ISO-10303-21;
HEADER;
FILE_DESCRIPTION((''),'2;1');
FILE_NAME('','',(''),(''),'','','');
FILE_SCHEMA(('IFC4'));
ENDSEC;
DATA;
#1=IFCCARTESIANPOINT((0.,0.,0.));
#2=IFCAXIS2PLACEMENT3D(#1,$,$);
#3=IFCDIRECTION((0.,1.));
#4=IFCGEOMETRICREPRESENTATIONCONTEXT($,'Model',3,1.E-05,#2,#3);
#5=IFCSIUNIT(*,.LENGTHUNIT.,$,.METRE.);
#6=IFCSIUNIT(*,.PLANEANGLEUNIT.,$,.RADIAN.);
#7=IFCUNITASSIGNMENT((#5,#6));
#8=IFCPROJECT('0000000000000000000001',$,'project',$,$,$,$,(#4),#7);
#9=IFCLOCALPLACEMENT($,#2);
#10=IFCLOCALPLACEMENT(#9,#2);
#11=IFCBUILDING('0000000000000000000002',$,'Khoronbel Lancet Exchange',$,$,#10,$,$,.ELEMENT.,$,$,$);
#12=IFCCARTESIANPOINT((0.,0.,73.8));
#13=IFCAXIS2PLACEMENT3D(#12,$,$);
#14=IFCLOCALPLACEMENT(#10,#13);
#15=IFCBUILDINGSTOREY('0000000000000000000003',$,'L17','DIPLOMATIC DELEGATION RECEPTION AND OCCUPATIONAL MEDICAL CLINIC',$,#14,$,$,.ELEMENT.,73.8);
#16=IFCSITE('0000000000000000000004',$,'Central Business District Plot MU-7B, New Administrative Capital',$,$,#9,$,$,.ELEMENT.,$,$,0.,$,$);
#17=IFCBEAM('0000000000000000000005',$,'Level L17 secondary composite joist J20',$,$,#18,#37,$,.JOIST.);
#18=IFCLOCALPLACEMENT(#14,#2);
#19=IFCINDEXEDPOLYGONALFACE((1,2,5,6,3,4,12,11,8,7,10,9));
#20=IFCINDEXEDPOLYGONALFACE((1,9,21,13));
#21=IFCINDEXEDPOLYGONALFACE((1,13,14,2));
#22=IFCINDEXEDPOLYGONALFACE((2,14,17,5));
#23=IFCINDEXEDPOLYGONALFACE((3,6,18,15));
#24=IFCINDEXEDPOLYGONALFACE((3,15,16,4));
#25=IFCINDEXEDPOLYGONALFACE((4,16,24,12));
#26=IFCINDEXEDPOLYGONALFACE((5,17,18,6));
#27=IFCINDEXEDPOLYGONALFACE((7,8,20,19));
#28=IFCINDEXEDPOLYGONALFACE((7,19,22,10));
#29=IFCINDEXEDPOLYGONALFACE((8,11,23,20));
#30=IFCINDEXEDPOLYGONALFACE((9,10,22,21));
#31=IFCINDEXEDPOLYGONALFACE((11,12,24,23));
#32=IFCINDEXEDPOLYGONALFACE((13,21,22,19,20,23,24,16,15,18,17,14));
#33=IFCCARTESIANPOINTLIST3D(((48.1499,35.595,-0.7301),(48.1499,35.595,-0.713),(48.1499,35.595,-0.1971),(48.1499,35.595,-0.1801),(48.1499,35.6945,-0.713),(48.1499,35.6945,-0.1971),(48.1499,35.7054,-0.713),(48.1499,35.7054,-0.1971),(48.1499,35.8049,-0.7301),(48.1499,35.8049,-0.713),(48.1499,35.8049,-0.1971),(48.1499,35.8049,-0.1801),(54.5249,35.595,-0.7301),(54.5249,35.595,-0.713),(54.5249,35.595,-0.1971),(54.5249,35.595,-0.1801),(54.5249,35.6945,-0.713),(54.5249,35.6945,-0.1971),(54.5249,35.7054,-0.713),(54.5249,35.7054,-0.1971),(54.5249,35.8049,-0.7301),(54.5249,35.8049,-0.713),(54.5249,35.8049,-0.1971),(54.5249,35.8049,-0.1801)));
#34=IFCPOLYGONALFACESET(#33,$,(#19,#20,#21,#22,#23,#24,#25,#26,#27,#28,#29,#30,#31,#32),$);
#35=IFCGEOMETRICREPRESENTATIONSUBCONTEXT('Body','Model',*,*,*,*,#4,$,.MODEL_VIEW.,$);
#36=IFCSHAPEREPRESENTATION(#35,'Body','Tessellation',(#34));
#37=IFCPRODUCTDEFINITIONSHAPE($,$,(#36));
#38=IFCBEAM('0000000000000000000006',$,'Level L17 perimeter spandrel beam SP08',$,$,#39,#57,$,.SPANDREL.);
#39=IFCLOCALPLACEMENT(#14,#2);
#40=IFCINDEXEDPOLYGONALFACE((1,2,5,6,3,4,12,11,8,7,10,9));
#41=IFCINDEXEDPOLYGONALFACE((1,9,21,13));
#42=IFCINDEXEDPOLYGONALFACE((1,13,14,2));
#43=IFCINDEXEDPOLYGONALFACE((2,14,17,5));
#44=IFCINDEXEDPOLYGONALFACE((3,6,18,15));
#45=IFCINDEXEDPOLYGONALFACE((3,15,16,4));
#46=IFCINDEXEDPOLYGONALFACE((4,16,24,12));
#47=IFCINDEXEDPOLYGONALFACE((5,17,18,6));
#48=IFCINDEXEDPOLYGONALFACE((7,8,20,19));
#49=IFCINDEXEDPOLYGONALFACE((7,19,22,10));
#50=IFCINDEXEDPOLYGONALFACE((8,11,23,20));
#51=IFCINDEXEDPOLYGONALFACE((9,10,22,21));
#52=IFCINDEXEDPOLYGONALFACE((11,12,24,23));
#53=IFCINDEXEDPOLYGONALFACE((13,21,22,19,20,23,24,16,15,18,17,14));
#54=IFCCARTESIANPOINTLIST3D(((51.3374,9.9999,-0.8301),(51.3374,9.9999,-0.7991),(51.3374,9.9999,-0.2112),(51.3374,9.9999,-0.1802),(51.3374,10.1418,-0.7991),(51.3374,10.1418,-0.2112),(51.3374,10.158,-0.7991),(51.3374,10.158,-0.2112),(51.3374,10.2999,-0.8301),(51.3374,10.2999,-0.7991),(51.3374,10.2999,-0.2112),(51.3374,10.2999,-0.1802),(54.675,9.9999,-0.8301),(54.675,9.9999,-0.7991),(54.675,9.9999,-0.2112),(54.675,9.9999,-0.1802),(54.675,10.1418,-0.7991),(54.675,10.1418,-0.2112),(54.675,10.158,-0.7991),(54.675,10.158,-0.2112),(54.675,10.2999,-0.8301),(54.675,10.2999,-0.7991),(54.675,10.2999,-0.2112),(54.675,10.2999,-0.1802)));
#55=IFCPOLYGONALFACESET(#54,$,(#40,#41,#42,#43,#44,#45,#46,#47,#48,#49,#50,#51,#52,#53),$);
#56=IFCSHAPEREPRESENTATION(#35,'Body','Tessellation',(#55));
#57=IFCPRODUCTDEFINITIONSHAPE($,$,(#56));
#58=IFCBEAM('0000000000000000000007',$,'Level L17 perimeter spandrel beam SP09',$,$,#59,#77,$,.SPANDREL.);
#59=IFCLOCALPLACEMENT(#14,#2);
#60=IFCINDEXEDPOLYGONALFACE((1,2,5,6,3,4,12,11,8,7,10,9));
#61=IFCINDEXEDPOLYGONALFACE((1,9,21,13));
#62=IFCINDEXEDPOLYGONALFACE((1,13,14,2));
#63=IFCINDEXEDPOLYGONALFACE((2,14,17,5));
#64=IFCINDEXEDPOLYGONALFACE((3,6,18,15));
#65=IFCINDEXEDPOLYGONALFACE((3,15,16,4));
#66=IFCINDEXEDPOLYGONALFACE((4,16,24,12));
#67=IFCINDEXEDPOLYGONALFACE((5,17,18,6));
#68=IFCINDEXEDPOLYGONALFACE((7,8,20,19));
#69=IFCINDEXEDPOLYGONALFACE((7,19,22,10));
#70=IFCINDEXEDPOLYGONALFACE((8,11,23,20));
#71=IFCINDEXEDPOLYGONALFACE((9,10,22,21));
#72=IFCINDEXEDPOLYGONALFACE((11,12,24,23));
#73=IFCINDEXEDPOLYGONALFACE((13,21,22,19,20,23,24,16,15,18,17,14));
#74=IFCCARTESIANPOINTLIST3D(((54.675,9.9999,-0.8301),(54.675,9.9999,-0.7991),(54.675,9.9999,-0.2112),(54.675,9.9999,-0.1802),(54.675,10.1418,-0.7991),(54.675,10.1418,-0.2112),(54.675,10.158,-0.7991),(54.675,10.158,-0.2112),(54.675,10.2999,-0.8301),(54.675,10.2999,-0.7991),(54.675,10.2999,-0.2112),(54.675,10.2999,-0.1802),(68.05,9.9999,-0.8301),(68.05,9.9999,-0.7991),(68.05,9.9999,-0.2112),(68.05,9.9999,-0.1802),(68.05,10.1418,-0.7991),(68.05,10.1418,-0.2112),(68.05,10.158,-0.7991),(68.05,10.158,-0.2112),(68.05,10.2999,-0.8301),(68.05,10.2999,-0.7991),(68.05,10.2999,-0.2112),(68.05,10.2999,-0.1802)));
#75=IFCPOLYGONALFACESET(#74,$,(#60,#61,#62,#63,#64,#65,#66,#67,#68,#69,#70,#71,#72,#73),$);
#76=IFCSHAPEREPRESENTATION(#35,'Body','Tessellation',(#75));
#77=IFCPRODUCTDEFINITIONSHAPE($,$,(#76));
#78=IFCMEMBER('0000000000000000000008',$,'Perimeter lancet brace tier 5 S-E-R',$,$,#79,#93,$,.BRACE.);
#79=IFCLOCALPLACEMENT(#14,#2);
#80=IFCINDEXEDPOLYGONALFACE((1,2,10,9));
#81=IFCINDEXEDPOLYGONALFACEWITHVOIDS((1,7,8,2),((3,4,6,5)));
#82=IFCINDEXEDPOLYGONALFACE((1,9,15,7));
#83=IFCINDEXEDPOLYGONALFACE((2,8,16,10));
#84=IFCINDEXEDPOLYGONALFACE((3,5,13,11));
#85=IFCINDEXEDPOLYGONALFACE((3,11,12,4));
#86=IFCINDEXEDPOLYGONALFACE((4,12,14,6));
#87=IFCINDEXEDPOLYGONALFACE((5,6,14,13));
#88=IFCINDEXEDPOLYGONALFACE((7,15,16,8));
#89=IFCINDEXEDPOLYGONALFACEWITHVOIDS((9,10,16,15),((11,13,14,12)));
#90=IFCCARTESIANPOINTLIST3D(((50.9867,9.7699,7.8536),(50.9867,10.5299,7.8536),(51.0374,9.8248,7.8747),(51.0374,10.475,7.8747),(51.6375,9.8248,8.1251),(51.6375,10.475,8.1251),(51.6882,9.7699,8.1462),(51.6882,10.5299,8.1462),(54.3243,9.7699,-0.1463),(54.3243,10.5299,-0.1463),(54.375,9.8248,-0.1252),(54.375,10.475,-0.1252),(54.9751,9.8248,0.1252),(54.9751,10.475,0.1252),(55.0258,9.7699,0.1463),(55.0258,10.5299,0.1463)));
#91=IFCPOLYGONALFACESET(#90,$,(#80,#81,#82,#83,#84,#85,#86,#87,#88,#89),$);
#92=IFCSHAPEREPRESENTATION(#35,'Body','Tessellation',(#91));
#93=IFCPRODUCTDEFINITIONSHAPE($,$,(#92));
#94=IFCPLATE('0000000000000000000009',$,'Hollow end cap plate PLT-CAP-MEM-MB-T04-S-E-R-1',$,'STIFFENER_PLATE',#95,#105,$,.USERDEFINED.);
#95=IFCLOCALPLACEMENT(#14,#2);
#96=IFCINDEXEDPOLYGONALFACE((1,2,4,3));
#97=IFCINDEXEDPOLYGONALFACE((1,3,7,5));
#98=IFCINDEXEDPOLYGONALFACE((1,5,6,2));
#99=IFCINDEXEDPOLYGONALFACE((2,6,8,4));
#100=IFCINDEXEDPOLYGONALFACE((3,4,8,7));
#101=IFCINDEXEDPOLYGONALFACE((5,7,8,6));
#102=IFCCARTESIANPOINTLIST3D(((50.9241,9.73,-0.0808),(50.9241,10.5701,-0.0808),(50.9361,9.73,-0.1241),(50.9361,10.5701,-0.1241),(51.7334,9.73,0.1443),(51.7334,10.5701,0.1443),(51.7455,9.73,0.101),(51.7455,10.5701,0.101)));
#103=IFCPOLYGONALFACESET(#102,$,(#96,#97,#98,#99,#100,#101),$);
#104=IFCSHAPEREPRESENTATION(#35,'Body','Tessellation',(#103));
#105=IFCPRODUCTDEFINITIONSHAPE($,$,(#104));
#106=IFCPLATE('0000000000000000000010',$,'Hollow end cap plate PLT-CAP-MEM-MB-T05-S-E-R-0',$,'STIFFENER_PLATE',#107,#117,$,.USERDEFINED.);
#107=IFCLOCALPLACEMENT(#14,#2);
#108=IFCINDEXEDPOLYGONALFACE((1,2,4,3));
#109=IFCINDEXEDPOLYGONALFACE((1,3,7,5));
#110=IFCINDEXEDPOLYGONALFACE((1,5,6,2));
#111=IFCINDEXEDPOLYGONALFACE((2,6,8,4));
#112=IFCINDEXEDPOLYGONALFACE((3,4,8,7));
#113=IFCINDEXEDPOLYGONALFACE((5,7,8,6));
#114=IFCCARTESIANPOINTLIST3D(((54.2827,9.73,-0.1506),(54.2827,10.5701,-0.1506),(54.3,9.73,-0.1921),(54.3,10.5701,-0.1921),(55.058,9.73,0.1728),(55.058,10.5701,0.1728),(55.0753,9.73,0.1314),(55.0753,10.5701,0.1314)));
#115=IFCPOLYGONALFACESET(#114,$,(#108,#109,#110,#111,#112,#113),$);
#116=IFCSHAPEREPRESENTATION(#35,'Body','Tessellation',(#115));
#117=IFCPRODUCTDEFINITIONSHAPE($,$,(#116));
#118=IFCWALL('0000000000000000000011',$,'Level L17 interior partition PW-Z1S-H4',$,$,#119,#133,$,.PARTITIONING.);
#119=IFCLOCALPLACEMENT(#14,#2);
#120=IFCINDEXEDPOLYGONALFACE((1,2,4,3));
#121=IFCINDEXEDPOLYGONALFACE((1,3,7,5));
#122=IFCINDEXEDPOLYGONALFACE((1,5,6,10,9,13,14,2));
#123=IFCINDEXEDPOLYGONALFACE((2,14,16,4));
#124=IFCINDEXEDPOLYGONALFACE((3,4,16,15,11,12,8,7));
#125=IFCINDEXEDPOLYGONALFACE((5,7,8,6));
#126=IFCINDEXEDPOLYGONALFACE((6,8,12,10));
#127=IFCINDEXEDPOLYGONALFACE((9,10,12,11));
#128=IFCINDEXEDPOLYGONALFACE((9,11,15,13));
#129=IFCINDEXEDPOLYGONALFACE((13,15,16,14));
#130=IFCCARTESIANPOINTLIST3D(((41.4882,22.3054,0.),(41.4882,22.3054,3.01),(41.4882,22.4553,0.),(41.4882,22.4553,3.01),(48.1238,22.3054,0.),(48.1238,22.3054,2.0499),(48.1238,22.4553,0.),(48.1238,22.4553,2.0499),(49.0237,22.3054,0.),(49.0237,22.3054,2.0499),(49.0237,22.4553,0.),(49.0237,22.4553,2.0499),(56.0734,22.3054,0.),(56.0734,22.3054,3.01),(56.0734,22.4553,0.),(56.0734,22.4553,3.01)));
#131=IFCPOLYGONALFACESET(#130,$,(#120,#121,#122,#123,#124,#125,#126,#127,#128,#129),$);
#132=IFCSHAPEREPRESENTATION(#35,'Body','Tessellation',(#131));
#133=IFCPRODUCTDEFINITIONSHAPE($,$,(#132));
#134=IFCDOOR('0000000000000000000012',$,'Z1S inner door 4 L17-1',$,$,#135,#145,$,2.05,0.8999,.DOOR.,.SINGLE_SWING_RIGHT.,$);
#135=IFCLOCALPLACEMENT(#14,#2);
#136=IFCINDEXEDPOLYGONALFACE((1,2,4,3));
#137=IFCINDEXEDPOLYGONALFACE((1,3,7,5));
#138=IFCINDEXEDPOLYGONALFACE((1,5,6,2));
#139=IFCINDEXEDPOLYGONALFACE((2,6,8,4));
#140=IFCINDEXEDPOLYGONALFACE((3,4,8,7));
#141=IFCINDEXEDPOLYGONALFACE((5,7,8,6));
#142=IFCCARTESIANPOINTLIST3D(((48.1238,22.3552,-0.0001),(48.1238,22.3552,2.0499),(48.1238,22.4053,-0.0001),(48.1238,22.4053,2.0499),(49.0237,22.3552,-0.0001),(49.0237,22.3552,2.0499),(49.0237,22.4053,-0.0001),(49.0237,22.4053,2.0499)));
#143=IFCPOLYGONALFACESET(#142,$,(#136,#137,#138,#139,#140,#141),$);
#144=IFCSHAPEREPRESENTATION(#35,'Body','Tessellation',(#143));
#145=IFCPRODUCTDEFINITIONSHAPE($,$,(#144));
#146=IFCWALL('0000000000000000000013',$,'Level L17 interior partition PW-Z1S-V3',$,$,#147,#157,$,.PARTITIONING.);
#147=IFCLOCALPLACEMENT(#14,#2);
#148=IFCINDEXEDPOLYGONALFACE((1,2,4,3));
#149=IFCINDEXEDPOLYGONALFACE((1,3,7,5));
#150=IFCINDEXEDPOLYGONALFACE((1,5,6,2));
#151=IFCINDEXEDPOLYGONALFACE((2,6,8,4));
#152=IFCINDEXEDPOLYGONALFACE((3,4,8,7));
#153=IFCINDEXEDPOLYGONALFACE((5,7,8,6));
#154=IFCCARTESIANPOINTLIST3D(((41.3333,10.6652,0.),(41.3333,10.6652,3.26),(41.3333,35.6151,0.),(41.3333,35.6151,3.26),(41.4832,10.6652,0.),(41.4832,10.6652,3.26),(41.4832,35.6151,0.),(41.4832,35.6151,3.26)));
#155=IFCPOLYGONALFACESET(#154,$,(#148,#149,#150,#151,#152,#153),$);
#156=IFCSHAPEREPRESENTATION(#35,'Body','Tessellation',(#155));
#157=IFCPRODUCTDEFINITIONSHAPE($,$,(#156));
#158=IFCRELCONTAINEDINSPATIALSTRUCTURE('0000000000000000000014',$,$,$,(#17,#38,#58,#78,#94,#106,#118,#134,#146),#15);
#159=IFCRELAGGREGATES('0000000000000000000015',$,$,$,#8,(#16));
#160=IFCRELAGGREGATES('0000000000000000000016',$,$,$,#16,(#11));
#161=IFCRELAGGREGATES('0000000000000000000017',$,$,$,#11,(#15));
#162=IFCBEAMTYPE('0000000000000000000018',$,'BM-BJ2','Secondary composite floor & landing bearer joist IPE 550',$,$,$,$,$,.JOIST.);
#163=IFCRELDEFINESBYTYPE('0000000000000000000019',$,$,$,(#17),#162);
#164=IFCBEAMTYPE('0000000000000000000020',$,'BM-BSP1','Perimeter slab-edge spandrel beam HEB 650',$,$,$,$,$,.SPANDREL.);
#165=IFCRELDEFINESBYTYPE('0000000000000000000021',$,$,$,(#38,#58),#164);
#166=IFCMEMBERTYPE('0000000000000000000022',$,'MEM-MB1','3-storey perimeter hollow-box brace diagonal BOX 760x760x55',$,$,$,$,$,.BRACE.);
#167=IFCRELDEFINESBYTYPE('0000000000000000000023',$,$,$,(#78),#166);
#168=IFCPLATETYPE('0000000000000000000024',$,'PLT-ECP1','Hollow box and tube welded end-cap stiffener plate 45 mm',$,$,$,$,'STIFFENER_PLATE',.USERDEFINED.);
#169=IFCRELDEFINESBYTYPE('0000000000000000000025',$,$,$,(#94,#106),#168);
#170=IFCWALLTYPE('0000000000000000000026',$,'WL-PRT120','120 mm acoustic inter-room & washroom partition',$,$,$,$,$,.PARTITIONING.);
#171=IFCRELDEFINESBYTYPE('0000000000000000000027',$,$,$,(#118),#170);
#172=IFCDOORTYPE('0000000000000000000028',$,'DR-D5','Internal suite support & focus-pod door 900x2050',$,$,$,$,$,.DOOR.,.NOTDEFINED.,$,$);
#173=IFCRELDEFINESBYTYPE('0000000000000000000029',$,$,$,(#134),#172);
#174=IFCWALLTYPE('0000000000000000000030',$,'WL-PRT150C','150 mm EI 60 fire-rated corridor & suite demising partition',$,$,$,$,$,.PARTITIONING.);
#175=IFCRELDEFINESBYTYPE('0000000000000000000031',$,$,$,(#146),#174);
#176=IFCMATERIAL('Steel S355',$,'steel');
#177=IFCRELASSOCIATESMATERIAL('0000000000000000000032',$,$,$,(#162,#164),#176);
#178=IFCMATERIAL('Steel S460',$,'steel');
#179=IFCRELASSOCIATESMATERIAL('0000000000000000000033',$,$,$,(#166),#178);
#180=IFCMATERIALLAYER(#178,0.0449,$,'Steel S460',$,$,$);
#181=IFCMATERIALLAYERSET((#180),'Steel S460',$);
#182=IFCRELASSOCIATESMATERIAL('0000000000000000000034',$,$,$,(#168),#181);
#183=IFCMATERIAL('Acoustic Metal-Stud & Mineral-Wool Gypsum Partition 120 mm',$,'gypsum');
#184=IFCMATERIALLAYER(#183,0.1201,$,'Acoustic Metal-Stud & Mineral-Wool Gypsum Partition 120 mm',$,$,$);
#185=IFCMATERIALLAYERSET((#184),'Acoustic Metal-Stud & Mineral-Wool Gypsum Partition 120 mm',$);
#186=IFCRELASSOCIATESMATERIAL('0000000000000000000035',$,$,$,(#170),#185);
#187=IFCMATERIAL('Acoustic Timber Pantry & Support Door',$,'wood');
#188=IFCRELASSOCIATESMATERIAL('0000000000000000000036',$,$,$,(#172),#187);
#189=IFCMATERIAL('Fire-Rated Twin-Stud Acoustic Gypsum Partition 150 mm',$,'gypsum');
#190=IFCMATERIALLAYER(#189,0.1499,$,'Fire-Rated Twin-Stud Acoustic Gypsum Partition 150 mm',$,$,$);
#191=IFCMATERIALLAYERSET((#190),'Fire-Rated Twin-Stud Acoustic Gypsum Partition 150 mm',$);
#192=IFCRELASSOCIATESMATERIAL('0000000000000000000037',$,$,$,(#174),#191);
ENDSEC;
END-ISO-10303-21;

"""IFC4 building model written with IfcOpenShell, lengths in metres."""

from ifc_helpers import new_model, si_unit, direction, frame, frame_2d, origin, origin_2d, place, context, subcontext, project, spatial, polyline, rectangle, hollow_rectangle, i_section, outline, extrude, material, layer, layer_set, material_profile, profile_set, type_object, element, fill, save


model = new_model("IFC4")

# Units and contexts
model_context = context("Model", 3, precision=1e-05, world=origin(), true_north=direction((0.0, 1.0)))
body_context = subcontext(model_context, "Body", "Model", "MODEL_VIEW")
ifc_project = project(units=[si_unit("LENGTHUNIT", "METRE"), si_unit("PLANEANGLEUNIT", "RADIAN")], contexts=[model_context])

# Site, building, storey
site_placement = place(None, origin())
site = spatial("IfcSite", under=ifc_project, at=site_placement, Name="Central Business District Plot MU-7B, New Administrative Capital", CompositionType="ELEMENT", RefElevation=0.0)
building_placement = place(site_placement, origin())
building = spatial("IfcBuilding", under=site, at=building_placement, Name="Khoronbel Lancet Exchange", CompositionType="ELEMENT")
storey_placement = place(building_placement, frame((0.0, 0.0, 73.8)))
storey = spatial("IfcBuildingStorey", under=building, at=storey_placement, Name="L17", Description="DIPLOMATIC DELEGATION RECEPTION AND OCCUPATIONAL MEDICAL CLINIC", CompositionType="ELEMENT", Elevation=73.8)

# Shared definitions
ifc_material_1 = material(Name="Steel S460", Category="steel")

# Beams
ifc_material_2 = material(Name="Steel S355", Category="steel")
ifc_material_profile_1 = material_profile(ifc_material_2, i_section(OverallWidth=0.21, OverallDepth=0.55, WebThickness=0.011, FlangeThickness=0.0171, at=origin_2d()), Name="IPE 550")
ifc_profile_set_1 = profile_set([ifc_material_profile_1], Name="Steel S355")
beam_type_1 = type_object("IfcBeamType", Name="BM-BJ2", Description="Secondary composite floor & landing bearer joist IPE 550", PredefinedType="JOIST", material=ifc_profile_set_1)
beam_1_placement = place(storey_placement, frame((48.1499, 35.7, -0.4551), z_axis=(1.0, 0.0, 0.0), x_axis=(0.0, 1.0, 0.0)))
element("IfcBeam", 1, at=beam_1_placement, inside=storey, type_object=beam_type_1, Name="Level L17 secondary composite joist J20", PredefinedType="JOIST", context=body_context, shape_type="SweptSolid", body=[
    extrude(i_section(OverallWidth=0.21, OverallDepth=0.55, WebThickness=0.011, FlangeThickness=0.0171, at=origin_2d()), origin(), (0.0, 0.0, 1.0), 6.375),
])
ifc_material_profile_2 = material_profile(ifc_material_2, i_section(OverallWidth=0.3, OverallDepth=0.6499, WebThickness=0.0161, FlangeThickness=0.031, at=origin_2d()), Name="HEB 650")
ifc_profile_set_2 = profile_set([ifc_material_profile_2], Name="Steel S355")
beam_type_2 = type_object("IfcBeamType", Name="BM-BSP1", Description="Perimeter slab-edge spandrel beam HEB 650", PredefinedType="SPANDREL", material=ifc_profile_set_2)
beam_2_placement = place(storey_placement, frame((51.3374, 10.1499, -0.5051), z_axis=(1.0, 0.0, 0.0), x_axis=(0.0, 1.0, 0.0)))
element("IfcBeam", 2, at=beam_2_placement, inside=storey, type_object=beam_type_2, Name="Level L17 perimeter spandrel beam SP08", PredefinedType="SPANDREL", context=body_context, shape_type="SweptSolid", body=[
    extrude(i_section(OverallWidth=0.3, OverallDepth=0.6499, WebThickness=0.0161, FlangeThickness=0.031, at=origin_2d()), origin(), (0.0, 0.0, 1.0), 3.3376),
])
beam_3_placement = place(storey_placement, frame((54.675, 10.1499, -0.5051), z_axis=(1.0, 0.0, 0.0), x_axis=(0.0, 1.0, 0.0)))
element("IfcBeam", 3, at=beam_3_placement, inside=storey, type_object=beam_type_2, Name="Level L17 perimeter spandrel beam SP09", PredefinedType="SPANDREL", context=body_context, shape_type="SweptSolid", body=[
    extrude(i_section(OverallWidth=0.3, OverallDepth=0.6499, WebThickness=0.0161, FlangeThickness=0.031, at=origin_2d()), origin(), (0.0, 0.0, 1.0), 13.375),
])

# Member
ifc_material_profile_3 = material_profile(ifc_material_1, hollow_rectangle(XDim=0.76, YDim=0.76, WallThickness=0.0549, at=origin_2d()), Name="BOX 760x760x55")
ifc_profile_set_3 = profile_set([ifc_material_profile_3], Name="Steel S460")
member_type = type_object("IfcMemberType", Name="MEM-MB1", Description="3-storey perimeter hollow-box brace diagonal BOX 760x760x55", PredefinedType="BRACE", material=ifc_profile_set_3)
member_placement = place(storey_placement, frame((54.675, 10.1499, 0.0), z_axis=(-0.385039, 0.0, 0.9229), x_axis=(0.0, -1.0, 0.0)))
element("IfcMember", 4, at=member_placement, inside=storey, type_object=member_type, Name="Perimeter lancet brace tier 5 S-E-R", PredefinedType="BRACE", context=body_context, shape_type="SweptSolid", body=[
    extrude(hollow_rectangle(XDim=0.76, YDim=0.76, WallThickness=0.0549, at=origin_2d()), origin(), (0.0, 0.0, 1.0), 8.6682),
])

# Plates
ifc_layer_1 = layer(ifc_material_1, 0.0449, Name="Steel S460")
ifc_layer_set_1 = layer_set([ifc_layer_1], Name="Steel S460")
plate_type = type_object("IfcPlateType", Name="PLT-ECP1", Description="Hollow box and tube welded end-cap stiffener plate 45 mm", ElementType="STIFFENER_PLATE", PredefinedType="USERDEFINED", material=ifc_layer_set_1)
for number, where, z_axis, x_axis, name in (
    (5, (50.9241, 10.5701, -0.0808), (-0.267959, 0.0, 0.96343), (0.0, -1.0, 0.0), "Hollow end cap plate PLT-CAP-MEM-MB-T04-S-E-R-1"),
    (6, (54.2827, 10.5701, -0.1506), (-0.385028, 0.0, 0.922905), (0.0, -1.0, 0.0), "Hollow end cap plate PLT-CAP-MEM-MB-T05-S-E-R-0"),
):
    element("IfcPlate", number, at=place(storey_placement, frame(where, z_axis=z_axis, x_axis=x_axis)), inside=storey, type_object=plate_type, Name=name, ObjectType="STIFFENER_PLATE", PredefinedType="USERDEFINED", context=body_context, shape_type="SweptSolid", body=[
        extrude(outline(polyline([(0.0, 0.0), (0.8401, 0.0), (0.8401, 0.8401), (0.0, 0.8401), (0.0, 0.0)])), origin(), (0.0, 0.0, -1.0), 0.0449),
    ])

# Wall, opening, door
ifc_material_3 = material(Name="Acoustic Metal-Stud & Mineral-Wool Gypsum Partition 120 mm", Category="gypsum")
ifc_layer_2 = layer(ifc_material_3, 0.1201, Name="Acoustic Metal-Stud & Mineral-Wool Gypsum Partition 120 mm")
ifc_layer_set_2 = layer_set([ifc_layer_2], Name="Acoustic Metal-Stud & Mineral-Wool Gypsum Partition 120 mm")
wall_type_1 = type_object("IfcWallType", Name="WL-PRT120", Description="120 mm acoustic inter-room & washroom partition", PredefinedType="PARTITIONING", material=ifc_layer_set_2)
wall_1_placement = place(storey_placement, frame((41.4883, 22.3804, 0.0), z_axis=(0.0, 0.0, 1.0), x_axis=(1.0, 0.0, 0.0)))
wall_1 = element("IfcWall", 7, at=wall_1_placement, inside=storey, type_object=wall_type_1, Name="Level L17 interior partition PW-Z1S-H4", PredefinedType="PARTITIONING", context=body_context, shape_type="SweptSolid", body=[
    extrude(rectangle(XDim=14.5852, YDim=0.1499, at=frame_2d((7.2925, 0.0))), origin(), (0.0, 0.0, 1.0), 3.01),
])
opening_1_placement = place(wall_1_placement, frame((6.6355, 0.0, 0.0)))
opening_1 = element("IfcOpeningElement", 8, at=opening_1_placement, cuts=wall_1, PredefinedType="OPENING", context=body_context, shape_type="SweptSolid", body=[
    extrude(rectangle(XDim=0.8999, YDim=2.05, at=frame_2d((0.45, 1.0249))), frame((0.0, 0.085, 0.0), z_axis=(0.0, -1.0, 0.0), x_axis=(1.0, 0.0, 0.0)), (0.0, 0.0, 1.0), 0.1699),
])
ifc_material_4 = material(Name="Acoustic Timber Pantry & Support Door", Category="wood")
door_type_1 = type_object("IfcDoorType", Name="DR-D5", Description="Internal suite support & focus-pod door 900x2050", OperationType="NOTDEFINED", PredefinedType="DOOR", material=ifc_material_4)
door_1_placement = place(opening_1_placement, origin())
door_1 = element("IfcDoor", 9, at=door_1_placement, inside=storey, type_object=door_type_1, Name="Z1S inner door 4 L17-1", OperationType="SINGLE_SWING_RIGHT", OverallHeight=2.05, OverallWidth=0.8999, PredefinedType="DOOR", context=body_context, shape_type="SweptSolid", body=[
    extrude(rectangle(XDim=0.8999, YDim=2.05, at=frame_2d((0.45, 1.0249))), frame((0.0, 0.0249, 0.0), z_axis=(0.0, -1.0, 0.0), x_axis=(1.0, 0.0, 0.0)), (0.0, 0.0, 1.0), 0.05),
])
fill(opening_1, door_1)

# Wall
ifc_material_5 = material(Name="Fire-Rated Twin-Stud Acoustic Gypsum Partition 150 mm", Category="gypsum")
ifc_layer_3 = layer(ifc_material_5, 0.1499, Name="Fire-Rated Twin-Stud Acoustic Gypsum Partition 150 mm")
ifc_layer_set_3 = layer_set([ifc_layer_3], Name="Fire-Rated Twin-Stud Acoustic Gypsum Partition 150 mm")
wall_type_2 = type_object("IfcWallType", Name="WL-PRT150C", Description="150 mm EI 60 fire-rated corridor & suite demising partition", PredefinedType="PARTITIONING", material=ifc_layer_set_3)
wall_2_placement = place(storey_placement, frame((41.4082, 10.665, 0.0), z_axis=(0.0, 0.0, 1.0), x_axis=(0.0, 1.0, 0.0)))
element("IfcWall", 10, at=wall_2_placement, inside=storey, type_object=wall_type_2, Name="Level L17 interior partition PW-Z1S-V3", PredefinedType="PARTITIONING", context=body_context, shape_type="SweptSolid", body=[
    extrude(rectangle(XDim=24.95, YDim=0.1499, at=frame_2d((12.4751, 0.0))), origin(), (0.0, 0.0, 1.0), 3.26),
])

save(model, "model.ifc")
